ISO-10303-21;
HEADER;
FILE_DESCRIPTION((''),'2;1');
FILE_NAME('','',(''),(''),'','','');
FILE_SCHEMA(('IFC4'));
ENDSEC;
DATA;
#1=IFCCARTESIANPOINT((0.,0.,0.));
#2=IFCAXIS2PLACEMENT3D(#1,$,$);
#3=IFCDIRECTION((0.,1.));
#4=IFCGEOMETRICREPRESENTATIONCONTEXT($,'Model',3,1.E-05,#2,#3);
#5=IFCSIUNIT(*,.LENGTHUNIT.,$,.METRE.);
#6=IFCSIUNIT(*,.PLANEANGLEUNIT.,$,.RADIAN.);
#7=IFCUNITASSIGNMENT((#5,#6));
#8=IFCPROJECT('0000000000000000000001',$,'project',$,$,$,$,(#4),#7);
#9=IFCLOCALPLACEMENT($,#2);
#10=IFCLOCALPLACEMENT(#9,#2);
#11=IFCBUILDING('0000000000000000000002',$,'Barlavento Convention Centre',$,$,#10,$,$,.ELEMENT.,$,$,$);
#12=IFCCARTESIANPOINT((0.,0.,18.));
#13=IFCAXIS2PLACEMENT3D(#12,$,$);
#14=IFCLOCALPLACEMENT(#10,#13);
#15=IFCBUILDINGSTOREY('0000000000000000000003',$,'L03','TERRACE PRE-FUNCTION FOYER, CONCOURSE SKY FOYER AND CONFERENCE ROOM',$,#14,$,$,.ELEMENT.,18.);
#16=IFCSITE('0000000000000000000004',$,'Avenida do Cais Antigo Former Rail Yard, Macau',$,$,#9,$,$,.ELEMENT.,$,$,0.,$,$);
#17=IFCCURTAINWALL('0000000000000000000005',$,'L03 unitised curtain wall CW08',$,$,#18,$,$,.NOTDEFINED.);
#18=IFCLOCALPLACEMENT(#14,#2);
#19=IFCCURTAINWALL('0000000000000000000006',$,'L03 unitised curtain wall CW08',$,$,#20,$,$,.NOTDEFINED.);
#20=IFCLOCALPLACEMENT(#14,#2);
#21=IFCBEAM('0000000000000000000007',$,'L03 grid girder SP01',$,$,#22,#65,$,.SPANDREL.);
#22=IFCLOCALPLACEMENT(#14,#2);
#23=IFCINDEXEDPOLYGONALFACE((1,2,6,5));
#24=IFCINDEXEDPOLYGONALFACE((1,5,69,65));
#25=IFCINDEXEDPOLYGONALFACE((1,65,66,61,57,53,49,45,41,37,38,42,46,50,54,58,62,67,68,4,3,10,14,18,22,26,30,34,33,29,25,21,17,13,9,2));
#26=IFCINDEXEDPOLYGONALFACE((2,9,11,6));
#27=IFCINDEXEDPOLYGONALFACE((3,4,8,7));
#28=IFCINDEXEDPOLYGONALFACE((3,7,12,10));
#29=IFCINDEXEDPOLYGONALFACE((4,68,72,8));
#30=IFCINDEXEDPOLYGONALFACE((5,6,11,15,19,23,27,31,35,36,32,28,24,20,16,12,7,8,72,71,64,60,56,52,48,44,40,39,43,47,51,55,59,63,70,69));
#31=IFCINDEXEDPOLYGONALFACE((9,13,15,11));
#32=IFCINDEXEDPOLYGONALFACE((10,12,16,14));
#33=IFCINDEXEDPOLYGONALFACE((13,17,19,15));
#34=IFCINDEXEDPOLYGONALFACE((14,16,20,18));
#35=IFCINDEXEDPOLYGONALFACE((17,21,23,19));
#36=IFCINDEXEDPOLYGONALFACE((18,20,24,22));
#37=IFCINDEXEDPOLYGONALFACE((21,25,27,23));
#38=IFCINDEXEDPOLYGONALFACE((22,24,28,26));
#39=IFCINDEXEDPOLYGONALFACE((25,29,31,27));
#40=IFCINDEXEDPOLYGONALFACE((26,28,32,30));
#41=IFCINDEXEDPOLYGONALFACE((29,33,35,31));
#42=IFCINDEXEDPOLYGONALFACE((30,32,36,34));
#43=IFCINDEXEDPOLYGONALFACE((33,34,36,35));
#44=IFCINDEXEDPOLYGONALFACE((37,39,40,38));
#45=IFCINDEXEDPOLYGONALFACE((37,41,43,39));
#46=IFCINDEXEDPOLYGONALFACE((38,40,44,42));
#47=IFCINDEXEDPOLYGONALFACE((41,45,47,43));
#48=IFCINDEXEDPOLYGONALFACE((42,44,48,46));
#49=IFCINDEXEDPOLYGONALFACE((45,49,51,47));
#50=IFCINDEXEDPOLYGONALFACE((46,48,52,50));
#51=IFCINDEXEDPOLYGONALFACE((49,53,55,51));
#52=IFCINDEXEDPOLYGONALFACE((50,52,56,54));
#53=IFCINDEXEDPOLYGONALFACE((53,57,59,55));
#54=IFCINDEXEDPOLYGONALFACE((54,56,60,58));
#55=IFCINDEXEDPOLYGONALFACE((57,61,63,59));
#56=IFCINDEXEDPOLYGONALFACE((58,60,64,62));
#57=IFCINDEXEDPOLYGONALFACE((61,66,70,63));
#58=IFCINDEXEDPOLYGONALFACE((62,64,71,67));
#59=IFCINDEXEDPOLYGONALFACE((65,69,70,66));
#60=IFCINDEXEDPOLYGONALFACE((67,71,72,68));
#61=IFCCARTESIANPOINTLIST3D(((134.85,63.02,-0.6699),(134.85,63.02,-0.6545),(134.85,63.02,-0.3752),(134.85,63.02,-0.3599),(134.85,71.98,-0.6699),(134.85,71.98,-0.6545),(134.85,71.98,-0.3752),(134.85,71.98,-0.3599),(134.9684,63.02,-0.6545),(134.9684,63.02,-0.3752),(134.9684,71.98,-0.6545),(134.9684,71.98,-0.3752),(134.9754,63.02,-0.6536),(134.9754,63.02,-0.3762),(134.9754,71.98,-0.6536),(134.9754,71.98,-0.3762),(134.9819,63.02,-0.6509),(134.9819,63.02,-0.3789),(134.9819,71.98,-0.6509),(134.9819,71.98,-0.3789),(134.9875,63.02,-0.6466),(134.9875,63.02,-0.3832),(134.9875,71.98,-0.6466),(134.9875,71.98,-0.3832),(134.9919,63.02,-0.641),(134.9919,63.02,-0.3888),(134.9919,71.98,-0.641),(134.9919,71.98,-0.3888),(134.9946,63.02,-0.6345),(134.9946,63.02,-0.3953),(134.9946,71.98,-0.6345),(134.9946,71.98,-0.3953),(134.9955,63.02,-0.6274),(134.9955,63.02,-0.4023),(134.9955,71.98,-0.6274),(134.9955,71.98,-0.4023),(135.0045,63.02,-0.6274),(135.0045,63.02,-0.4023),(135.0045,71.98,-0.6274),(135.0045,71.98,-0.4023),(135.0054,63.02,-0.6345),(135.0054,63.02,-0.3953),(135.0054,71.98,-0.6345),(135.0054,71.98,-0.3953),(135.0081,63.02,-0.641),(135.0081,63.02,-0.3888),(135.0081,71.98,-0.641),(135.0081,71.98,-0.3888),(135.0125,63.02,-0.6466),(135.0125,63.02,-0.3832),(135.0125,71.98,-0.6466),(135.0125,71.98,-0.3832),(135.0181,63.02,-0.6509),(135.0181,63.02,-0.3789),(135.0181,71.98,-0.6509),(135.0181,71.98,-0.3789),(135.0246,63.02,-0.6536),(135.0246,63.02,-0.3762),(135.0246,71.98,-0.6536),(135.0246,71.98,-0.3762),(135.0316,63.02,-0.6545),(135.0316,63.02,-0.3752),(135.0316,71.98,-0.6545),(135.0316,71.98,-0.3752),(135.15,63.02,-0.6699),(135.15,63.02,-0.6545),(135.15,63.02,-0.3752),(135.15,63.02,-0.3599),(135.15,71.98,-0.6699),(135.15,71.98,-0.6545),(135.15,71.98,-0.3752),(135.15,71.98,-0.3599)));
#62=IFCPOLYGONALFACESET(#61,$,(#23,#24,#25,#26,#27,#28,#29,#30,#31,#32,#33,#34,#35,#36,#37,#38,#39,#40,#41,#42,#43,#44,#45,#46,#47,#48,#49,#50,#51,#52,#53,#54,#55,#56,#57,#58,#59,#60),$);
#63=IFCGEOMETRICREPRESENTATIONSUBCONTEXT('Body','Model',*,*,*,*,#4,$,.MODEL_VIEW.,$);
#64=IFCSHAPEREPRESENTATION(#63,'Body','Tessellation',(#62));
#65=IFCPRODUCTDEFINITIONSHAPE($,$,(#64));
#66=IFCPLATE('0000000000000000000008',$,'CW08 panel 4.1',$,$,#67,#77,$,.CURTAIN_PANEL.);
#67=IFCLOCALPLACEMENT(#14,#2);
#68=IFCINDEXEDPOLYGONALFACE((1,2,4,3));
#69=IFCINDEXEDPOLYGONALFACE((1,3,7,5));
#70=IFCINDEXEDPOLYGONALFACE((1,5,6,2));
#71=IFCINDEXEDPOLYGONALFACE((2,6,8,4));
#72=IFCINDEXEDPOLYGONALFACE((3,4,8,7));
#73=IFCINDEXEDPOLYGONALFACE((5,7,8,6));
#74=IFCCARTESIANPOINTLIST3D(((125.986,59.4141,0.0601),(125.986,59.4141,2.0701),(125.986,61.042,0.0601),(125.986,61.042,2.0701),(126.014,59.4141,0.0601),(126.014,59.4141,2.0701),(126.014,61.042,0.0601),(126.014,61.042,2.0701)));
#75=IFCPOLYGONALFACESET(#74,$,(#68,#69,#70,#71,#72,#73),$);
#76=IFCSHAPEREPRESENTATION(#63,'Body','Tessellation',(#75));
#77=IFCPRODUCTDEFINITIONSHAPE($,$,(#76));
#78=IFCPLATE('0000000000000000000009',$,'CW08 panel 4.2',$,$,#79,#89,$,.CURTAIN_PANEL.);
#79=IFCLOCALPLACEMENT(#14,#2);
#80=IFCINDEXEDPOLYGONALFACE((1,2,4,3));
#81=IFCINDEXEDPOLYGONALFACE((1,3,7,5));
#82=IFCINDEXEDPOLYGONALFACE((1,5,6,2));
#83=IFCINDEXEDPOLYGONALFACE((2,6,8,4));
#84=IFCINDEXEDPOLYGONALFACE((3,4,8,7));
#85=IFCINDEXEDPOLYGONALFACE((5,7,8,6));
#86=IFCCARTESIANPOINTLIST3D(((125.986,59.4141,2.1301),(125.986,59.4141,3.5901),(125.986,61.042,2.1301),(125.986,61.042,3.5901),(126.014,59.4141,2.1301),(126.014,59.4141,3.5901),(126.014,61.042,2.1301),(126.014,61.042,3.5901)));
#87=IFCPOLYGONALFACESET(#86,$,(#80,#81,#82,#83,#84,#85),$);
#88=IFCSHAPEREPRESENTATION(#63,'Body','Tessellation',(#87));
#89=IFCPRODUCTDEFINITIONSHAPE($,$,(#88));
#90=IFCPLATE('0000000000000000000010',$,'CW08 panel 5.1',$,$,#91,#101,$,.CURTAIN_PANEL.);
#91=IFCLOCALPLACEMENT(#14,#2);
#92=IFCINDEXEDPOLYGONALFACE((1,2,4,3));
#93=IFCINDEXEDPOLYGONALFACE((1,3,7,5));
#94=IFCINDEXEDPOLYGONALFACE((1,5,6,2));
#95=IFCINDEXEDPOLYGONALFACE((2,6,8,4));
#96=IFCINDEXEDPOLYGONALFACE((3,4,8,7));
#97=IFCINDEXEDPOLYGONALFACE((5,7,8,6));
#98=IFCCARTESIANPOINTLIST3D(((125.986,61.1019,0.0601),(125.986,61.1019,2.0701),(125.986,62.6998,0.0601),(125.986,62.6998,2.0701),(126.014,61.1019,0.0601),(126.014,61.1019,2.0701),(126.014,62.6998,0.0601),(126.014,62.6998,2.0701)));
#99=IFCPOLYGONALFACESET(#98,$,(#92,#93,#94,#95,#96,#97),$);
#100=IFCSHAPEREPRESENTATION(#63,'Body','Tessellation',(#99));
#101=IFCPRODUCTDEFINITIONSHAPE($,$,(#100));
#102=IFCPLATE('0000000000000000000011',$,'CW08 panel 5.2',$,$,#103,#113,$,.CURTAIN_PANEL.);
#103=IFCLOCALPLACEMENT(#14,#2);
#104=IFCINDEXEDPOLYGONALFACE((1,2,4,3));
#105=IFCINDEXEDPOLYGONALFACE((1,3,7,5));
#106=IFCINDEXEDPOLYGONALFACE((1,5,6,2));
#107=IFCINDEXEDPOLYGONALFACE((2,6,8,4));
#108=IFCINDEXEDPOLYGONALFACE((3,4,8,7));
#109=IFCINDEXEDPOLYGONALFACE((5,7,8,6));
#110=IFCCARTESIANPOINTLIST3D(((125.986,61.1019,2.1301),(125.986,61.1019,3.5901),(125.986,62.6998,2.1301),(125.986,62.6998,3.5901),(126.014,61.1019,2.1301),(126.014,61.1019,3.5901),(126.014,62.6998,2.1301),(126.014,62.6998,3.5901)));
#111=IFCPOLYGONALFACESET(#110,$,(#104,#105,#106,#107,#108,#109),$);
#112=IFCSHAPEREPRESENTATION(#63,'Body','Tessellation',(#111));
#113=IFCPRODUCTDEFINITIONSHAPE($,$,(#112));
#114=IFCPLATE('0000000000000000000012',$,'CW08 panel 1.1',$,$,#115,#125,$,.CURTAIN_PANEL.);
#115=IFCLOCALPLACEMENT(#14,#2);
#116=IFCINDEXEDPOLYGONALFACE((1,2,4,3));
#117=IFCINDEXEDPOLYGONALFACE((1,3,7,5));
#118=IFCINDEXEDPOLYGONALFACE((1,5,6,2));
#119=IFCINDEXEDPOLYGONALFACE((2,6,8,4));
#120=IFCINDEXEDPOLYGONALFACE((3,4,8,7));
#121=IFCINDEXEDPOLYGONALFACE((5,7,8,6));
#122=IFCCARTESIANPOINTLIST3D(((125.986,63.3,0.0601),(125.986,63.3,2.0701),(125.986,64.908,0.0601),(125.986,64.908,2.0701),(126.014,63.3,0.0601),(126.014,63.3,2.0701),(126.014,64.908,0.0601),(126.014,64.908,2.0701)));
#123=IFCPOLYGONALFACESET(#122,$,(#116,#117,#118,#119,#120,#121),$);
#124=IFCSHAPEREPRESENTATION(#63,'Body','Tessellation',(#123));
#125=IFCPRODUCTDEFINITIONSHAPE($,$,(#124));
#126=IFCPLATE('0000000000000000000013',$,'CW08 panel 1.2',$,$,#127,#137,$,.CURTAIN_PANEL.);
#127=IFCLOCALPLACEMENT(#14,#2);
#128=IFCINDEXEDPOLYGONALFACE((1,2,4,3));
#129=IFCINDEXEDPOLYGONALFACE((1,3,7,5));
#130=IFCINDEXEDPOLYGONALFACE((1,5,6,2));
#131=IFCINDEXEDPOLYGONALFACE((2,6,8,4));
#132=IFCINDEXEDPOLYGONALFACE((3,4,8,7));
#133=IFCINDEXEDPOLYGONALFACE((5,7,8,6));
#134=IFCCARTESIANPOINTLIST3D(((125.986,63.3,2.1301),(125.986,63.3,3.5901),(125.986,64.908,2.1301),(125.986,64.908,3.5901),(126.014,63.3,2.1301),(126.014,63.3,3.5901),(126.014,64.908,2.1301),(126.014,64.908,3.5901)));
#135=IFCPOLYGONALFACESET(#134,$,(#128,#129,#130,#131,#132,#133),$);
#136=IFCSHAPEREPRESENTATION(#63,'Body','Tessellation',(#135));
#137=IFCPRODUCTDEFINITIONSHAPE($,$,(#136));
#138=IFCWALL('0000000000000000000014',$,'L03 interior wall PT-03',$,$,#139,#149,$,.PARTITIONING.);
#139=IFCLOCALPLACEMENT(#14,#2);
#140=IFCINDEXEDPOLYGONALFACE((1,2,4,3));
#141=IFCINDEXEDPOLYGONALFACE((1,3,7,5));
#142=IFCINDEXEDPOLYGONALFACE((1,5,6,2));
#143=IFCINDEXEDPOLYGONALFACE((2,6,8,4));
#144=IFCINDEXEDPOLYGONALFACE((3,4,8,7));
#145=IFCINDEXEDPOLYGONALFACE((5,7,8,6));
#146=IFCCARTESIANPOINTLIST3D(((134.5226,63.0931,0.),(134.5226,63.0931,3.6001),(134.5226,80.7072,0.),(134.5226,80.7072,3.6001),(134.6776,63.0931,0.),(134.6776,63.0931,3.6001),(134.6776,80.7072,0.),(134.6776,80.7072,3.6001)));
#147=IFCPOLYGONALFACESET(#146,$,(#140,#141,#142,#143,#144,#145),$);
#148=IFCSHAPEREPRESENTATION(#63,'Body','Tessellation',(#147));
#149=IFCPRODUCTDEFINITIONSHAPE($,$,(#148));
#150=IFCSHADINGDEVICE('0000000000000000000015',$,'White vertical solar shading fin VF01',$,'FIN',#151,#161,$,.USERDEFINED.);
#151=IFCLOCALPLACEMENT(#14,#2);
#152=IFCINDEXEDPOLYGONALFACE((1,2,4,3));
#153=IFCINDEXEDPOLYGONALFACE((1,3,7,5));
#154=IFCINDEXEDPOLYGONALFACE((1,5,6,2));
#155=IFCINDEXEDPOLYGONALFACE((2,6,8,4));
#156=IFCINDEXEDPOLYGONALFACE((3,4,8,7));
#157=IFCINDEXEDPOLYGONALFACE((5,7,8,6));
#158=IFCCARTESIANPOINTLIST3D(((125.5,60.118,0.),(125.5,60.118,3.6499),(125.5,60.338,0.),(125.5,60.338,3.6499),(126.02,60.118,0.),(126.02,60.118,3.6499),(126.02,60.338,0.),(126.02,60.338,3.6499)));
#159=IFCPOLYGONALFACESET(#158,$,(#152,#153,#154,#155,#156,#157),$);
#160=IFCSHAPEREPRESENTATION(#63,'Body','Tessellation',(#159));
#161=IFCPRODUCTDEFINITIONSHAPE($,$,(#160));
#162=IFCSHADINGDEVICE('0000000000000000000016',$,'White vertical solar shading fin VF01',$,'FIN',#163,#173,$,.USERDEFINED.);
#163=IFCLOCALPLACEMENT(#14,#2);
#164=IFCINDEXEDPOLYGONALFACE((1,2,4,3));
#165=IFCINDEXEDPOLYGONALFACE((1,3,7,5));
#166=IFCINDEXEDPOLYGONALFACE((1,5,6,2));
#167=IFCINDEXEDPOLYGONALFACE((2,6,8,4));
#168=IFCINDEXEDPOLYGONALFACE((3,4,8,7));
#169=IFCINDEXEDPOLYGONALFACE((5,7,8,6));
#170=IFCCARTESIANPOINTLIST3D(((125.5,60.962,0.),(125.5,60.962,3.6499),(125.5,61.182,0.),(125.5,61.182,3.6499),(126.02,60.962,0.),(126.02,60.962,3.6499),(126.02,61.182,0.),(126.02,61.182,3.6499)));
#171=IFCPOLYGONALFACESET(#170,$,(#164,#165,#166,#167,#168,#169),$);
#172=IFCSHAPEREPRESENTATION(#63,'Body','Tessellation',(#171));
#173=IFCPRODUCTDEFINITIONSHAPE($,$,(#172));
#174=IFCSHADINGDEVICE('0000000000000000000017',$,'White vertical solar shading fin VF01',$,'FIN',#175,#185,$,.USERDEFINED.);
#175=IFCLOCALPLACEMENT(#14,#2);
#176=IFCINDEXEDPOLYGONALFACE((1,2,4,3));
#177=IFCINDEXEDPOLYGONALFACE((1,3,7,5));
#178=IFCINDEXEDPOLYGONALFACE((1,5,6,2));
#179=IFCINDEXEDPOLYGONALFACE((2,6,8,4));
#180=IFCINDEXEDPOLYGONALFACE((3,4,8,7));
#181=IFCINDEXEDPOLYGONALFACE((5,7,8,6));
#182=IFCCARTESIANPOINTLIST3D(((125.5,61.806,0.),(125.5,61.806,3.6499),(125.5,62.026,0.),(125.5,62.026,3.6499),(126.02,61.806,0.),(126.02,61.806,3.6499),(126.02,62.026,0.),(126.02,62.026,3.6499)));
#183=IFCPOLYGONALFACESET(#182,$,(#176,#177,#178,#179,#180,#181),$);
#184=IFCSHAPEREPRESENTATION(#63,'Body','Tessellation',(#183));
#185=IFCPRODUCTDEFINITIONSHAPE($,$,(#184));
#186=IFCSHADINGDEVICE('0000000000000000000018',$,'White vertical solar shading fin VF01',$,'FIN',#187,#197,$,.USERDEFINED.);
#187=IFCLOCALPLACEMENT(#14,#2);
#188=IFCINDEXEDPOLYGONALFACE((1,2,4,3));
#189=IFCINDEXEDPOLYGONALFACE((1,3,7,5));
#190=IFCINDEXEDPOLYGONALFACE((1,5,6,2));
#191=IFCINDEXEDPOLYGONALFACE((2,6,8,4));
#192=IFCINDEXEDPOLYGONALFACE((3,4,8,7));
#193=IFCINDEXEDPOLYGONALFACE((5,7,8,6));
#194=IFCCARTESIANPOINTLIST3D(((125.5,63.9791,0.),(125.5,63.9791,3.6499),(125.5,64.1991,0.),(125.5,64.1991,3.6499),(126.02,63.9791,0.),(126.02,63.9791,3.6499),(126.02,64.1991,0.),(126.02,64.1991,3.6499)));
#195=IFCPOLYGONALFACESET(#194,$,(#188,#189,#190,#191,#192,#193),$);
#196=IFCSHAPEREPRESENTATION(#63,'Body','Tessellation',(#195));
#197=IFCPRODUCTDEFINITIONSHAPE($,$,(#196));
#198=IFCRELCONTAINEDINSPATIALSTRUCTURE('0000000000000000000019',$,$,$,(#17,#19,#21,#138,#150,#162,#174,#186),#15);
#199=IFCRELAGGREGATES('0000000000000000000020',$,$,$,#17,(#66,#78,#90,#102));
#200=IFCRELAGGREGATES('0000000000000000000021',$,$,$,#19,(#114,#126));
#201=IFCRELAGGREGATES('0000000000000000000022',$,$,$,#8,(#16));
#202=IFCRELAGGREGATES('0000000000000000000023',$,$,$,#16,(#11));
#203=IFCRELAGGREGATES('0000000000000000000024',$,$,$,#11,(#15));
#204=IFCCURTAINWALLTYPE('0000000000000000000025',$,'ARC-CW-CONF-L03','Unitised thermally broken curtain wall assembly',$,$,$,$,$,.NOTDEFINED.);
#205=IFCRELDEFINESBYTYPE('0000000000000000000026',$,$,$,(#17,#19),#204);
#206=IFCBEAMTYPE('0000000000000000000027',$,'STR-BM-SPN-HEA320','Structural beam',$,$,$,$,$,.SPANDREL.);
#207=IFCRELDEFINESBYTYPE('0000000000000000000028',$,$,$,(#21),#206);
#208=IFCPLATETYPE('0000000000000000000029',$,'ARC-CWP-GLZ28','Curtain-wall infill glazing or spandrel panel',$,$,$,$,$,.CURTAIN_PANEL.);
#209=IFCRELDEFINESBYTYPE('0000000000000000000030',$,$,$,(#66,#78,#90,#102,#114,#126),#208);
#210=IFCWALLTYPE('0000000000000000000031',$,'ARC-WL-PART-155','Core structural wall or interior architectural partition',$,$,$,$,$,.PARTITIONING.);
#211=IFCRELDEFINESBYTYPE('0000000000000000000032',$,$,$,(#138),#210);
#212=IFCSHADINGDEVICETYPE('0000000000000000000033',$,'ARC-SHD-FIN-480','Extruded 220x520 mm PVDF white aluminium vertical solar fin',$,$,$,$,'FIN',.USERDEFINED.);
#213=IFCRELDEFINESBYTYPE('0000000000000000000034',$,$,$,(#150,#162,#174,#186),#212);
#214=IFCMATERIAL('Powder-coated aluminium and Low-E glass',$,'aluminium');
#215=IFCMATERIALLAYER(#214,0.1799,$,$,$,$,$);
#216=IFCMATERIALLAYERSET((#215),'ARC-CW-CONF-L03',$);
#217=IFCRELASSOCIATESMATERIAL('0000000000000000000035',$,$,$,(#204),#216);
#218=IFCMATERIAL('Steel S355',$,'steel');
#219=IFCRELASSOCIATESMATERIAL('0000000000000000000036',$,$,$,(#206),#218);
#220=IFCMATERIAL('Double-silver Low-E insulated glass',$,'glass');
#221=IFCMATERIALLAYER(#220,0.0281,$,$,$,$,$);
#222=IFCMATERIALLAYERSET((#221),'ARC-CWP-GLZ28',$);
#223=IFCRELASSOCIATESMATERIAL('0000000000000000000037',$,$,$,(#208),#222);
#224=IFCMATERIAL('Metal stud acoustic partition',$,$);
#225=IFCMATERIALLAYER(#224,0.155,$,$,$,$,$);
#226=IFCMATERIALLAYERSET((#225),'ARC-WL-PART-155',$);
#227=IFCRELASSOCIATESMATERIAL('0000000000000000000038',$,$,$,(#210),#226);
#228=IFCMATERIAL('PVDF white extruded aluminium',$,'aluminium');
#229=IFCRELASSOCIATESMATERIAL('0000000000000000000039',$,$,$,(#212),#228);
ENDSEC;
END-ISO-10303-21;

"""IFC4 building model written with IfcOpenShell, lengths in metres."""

from ifc_helpers import new_model, si_unit, direction, frame, frame_2d, origin, origin_2d, place, context, subcontext, project, spatial, rectangle, i_section, extrude, material, layer, layer_set, material_profile, profile_set, type_object, element, aggregate, save


model = new_model("IFC4")

# Units and contexts
model_context = context("Model", 3, precision=1e-05, world=origin(), true_north=direction((0.0, 1.0)))
body_context = subcontext(model_context, "Body", "Model", "MODEL_VIEW")
ifc_project = project(units=[si_unit("LENGTHUNIT", "METRE"), si_unit("PLANEANGLEUNIT", "RADIAN")], contexts=[model_context])

# Site, building, storey
site_placement = place(None, origin())
site = spatial("IfcSite", under=ifc_project, at=site_placement, Name="Avenida do Cais Antigo Former Rail Yard, Macau", CompositionType="ELEMENT", RefElevation=0.0)
building_placement = place(site_placement, origin())
building = spatial("IfcBuilding", under=site, at=building_placement, Name="Barlavento Convention Centre", CompositionType="ELEMENT")
storey_placement = place(building_placement, frame((0.0, 0.0, 18.0)))
storey = spatial("IfcBuildingStorey", under=building, at=storey_placement, Name="L03", Description="TERRACE PRE-FUNCTION FOYER, CONCOURSE SKY FOYER AND CONFERENCE ROOM", CompositionType="ELEMENT", Elevation=18.0)

# Shared definitions
ifc_material_1 = material(Name="Steel S355", Category="steel")

# Curtain wall
ifc_material_2 = material(Name="Powder-coated aluminium and Low-E glass", Category="aluminium")
ifc_layer_1 = layer(ifc_material_2, 0.1799)
ifc_layer_set_1 = layer_set([ifc_layer_1], Name="ARC-CW-CONF-L03")
curtain_wall_type = type_object("IfcCurtainWallType", Name="ARC-CW-CONF-L03", Description="Unitised thermally broken curtain wall assembly", PredefinedType="NOTDEFINED", material=ifc_layer_set_1)
curtain_wall_1_placement = place(storey_placement, origin())
curtain_wall_1 = element("IfcCurtainWall", 1, at=curtain_wall_1_placement, inside=storey, type_object=curtain_wall_type, Name="L03 unitised curtain wall CW08", PredefinedType="NOTDEFINED")

# Curtain wall
curtain_wall_2_placement = place(storey_placement, origin())
curtain_wall_2 = element("IfcCurtainWall", 2, at=curtain_wall_2_placement, inside=storey, type_object=curtain_wall_type, Name="L03 unitised curtain wall CW08", PredefinedType="NOTDEFINED")

# Beam
ifc_material_profile_1 = material_profile(ifc_material_1, i_section(OverallWidth=0.3, OverallDepth=0.3101, WebThickness=0.009, FlangeThickness=0.0154, FilletRadius=0.0271, at=origin_2d()), Name="HEA 320")
ifc_profile_set_1 = profile_set([ifc_material_profile_1], Name="Steel S355")
beam_type_1 = type_object("IfcBeamType", Name="STR-BM-SPN-HEA320", Description="Structural beam", PredefinedType="SPANDREL", material=ifc_profile_set_1)
beam_1_placement = place(storey_placement, frame((135.0, 63.02, -0.5149), z_axis=(0.0, 1.0, 0.0), x_axis=(-1.0, 0.0, 0.0)))
element("IfcBeam", 3, at=beam_1_placement, inside=storey, type_object=beam_type_1, Name="L03 grid girder SP01", PredefinedType="SPANDREL", context=body_context, shape_type="SweptSolid", body=[
    extrude(i_section(OverallWidth=0.3, OverallDepth=0.3101, WebThickness=0.009, FlangeThickness=0.0154, FilletRadius=0.0271, at=origin_2d()), origin(), (0.0, 0.0, 1.0), 8.96),
])

# Plates
ifc_material_3 = material(Name="Double-silver Low-E insulated glass", Category="glass")
ifc_layer_2 = layer(ifc_material_3, 0.0281)
ifc_layer_set_2 = layer_set([ifc_layer_2], Name="ARC-CWP-GLZ28")
plate_type = type_object("IfcPlateType", Name="ARC-CWP-GLZ28", Description="Curtain-wall infill glazing or spandrel panel", PredefinedType="CURTAIN_PANEL", material=ifc_layer_set_2)
plate_1_placement = place(storey_placement, frame((126.0, 60.228, 0.0601), z_axis=(0.0, 0.0, 1.0), x_axis=(0.0, 1.0, 0.0)))
plate_1 = element("IfcPlate", 4, at=plate_1_placement, type_object=plate_type, Name="CW08 panel 4.1", PredefinedType="CURTAIN_PANEL", context=body_context, shape_type="SweptSolid", body=[
    extrude(rectangle(XDim=1.6279, YDim=0.0281, at=origin_2d()), origin(), (0.0, 0.0, 1.0), 2.01),
])
plate_2_placement = place(storey_placement, frame((126.0, 60.228, 2.1301), z_axis=(0.0, 0.0, 1.0), x_axis=(0.0, 1.0, 0.0)))
plate_2 = element("IfcPlate", 5, at=plate_2_placement, type_object=plate_type, Name="CW08 panel 4.2", PredefinedType="CURTAIN_PANEL", context=body_context, shape_type="SweptSolid", body=[
    extrude(rectangle(XDim=1.6279, YDim=0.0281, at=origin_2d()), origin(), (0.0, 0.0, 1.0), 1.46),
])
plate_3_placement = place(storey_placement, frame((126.0, 61.9009, 0.0601), z_axis=(0.0, 0.0, 1.0), x_axis=(0.0, 1.0, 0.0)))
plate_3 = element("IfcPlate", 6, at=plate_3_placement, type_object=plate_type, Name="CW08 panel 5.1", PredefinedType="CURTAIN_PANEL", context=body_context, shape_type="SweptSolid", body=[
    extrude(rectangle(XDim=1.5979, YDim=0.0281, at=origin_2d()), origin(), (0.0, 0.0, 1.0), 2.01),
])
plate_4_placement = place(storey_placement, frame((126.0, 61.9009, 2.1301), z_axis=(0.0, 0.0, 1.0), x_axis=(0.0, 1.0, 0.0)))
plate_4 = element("IfcPlate", 7, at=plate_4_placement, type_object=plate_type, Name="CW08 panel 5.2", PredefinedType="CURTAIN_PANEL", context=body_context, shape_type="SweptSolid", body=[
    extrude(rectangle(XDim=1.5979, YDim=0.0281, at=origin_2d()), origin(), (0.0, 0.0, 1.0), 1.46),
])
aggregate(curtain_wall_1, [plate_1, plate_2, plate_3, plate_4])
plate_5_placement = place(storey_placement, frame((126.0, 64.104, 0.0601), z_axis=(0.0, 0.0, 1.0), x_axis=(0.0, 1.0, 0.0)))
plate_5 = element("IfcPlate", 8, at=plate_5_placement, type_object=plate_type, Name="CW08 panel 1.1", PredefinedType="CURTAIN_PANEL", context=body_context, shape_type="SweptSolid", body=[
    extrude(rectangle(XDim=1.6079, YDim=0.0281, at=origin_2d()), origin(), (0.0, 0.0, 1.0), 2.01),
])
plate_6_placement = place(storey_placement, frame((126.0, 64.104, 2.1301), z_axis=(0.0, 0.0, 1.0), x_axis=(0.0, 1.0, 0.0)))
plate_6 = element("IfcPlate", 9, at=plate_6_placement, type_object=plate_type, Name="CW08 panel 1.2", PredefinedType="CURTAIN_PANEL", context=body_context, shape_type="SweptSolid", body=[
    extrude(rectangle(XDim=1.6079, YDim=0.0281, at=origin_2d()), origin(), (0.0, 0.0, 1.0), 1.46),
])
aggregate(curtain_wall_2, [plate_5, plate_6])

# Shared definitions
ifc_material_4 = material(Name="Metal stud acoustic partition")
ifc_layer_3 = layer(ifc_material_4, 0.155)
ifc_layer_set_3 = layer_set([ifc_layer_3], Name="ARC-WL-PART-155")
wall_type = type_object("IfcWallType", Name="ARC-WL-PART-155", Description="Core structural wall or interior architectural partition", PredefinedType="PARTITIONING", material=ifc_layer_set_3)

# Wall
wall_1_placement = place(storey_placement, frame((134.6001, 63.093, 0.0), z_axis=(0.0, 0.0, 1.0), x_axis=(0.0, 1.0, 0.0)))
element("IfcWall", 10, at=wall_1_placement, inside=storey, type_object=wall_type, Name="L03 interior wall PT-03", PredefinedType="PARTITIONING", context=body_context, shape_type="SweptSolid", body=[
    extrude(rectangle(XDim=17.614, YDim=0.155, at=frame_2d((8.8071, 0.0))), origin(), (0.0, 0.0, 1.0), 3.6001),
])

# Shading devices
ifc_material_5 = material(Name="PVDF white extruded aluminium", Category="aluminium")
shading_device_type = type_object("IfcShadingDeviceType", Name="ARC-SHD-FIN-480", Description="Extruded 220x520 mm PVDF white aluminium vertical solar fin", ElementType="FIN", PredefinedType="USERDEFINED", material=ifc_material_5)
for number, where, z_axis, x_axis, name in (
    (11, (125.76, 60.228, 0.0), (0.0, 0.0, 1.0), (0.0, 1.0, 0.0), "White vertical solar shading fin VF01"),
    (12, (125.76, 61.072, 0.0), (0.0, 0.0, 1.0), (0.0, 1.0, 0.0), "White vertical solar shading fin VF01"),
    (13, (125.76, 61.916, 0.0), (0.0, 0.0, 1.0), (0.0, 1.0, 0.0), "White vertical solar shading fin VF01"),
    (14, (125.76, 64.0891, 0.0), (0.0, 0.0, 1.0), (0.0, 1.0, 0.0), "White vertical solar shading fin VF01"),
):
    element("IfcShadingDevice", number, at=place(storey_placement, frame(where, z_axis=z_axis, x_axis=x_axis)), inside=storey, type_object=shading_device_type, Name=name, ObjectType="FIN", PredefinedType="USERDEFINED", context=body_context, shape_type="SweptSolid", body=[
        extrude(rectangle(XDim=0.22, YDim=0.52, at=origin_2d()), origin(), (0.0, 0.0, 1.0), 3.6499),
    ])

save(model, "model.ifc")
